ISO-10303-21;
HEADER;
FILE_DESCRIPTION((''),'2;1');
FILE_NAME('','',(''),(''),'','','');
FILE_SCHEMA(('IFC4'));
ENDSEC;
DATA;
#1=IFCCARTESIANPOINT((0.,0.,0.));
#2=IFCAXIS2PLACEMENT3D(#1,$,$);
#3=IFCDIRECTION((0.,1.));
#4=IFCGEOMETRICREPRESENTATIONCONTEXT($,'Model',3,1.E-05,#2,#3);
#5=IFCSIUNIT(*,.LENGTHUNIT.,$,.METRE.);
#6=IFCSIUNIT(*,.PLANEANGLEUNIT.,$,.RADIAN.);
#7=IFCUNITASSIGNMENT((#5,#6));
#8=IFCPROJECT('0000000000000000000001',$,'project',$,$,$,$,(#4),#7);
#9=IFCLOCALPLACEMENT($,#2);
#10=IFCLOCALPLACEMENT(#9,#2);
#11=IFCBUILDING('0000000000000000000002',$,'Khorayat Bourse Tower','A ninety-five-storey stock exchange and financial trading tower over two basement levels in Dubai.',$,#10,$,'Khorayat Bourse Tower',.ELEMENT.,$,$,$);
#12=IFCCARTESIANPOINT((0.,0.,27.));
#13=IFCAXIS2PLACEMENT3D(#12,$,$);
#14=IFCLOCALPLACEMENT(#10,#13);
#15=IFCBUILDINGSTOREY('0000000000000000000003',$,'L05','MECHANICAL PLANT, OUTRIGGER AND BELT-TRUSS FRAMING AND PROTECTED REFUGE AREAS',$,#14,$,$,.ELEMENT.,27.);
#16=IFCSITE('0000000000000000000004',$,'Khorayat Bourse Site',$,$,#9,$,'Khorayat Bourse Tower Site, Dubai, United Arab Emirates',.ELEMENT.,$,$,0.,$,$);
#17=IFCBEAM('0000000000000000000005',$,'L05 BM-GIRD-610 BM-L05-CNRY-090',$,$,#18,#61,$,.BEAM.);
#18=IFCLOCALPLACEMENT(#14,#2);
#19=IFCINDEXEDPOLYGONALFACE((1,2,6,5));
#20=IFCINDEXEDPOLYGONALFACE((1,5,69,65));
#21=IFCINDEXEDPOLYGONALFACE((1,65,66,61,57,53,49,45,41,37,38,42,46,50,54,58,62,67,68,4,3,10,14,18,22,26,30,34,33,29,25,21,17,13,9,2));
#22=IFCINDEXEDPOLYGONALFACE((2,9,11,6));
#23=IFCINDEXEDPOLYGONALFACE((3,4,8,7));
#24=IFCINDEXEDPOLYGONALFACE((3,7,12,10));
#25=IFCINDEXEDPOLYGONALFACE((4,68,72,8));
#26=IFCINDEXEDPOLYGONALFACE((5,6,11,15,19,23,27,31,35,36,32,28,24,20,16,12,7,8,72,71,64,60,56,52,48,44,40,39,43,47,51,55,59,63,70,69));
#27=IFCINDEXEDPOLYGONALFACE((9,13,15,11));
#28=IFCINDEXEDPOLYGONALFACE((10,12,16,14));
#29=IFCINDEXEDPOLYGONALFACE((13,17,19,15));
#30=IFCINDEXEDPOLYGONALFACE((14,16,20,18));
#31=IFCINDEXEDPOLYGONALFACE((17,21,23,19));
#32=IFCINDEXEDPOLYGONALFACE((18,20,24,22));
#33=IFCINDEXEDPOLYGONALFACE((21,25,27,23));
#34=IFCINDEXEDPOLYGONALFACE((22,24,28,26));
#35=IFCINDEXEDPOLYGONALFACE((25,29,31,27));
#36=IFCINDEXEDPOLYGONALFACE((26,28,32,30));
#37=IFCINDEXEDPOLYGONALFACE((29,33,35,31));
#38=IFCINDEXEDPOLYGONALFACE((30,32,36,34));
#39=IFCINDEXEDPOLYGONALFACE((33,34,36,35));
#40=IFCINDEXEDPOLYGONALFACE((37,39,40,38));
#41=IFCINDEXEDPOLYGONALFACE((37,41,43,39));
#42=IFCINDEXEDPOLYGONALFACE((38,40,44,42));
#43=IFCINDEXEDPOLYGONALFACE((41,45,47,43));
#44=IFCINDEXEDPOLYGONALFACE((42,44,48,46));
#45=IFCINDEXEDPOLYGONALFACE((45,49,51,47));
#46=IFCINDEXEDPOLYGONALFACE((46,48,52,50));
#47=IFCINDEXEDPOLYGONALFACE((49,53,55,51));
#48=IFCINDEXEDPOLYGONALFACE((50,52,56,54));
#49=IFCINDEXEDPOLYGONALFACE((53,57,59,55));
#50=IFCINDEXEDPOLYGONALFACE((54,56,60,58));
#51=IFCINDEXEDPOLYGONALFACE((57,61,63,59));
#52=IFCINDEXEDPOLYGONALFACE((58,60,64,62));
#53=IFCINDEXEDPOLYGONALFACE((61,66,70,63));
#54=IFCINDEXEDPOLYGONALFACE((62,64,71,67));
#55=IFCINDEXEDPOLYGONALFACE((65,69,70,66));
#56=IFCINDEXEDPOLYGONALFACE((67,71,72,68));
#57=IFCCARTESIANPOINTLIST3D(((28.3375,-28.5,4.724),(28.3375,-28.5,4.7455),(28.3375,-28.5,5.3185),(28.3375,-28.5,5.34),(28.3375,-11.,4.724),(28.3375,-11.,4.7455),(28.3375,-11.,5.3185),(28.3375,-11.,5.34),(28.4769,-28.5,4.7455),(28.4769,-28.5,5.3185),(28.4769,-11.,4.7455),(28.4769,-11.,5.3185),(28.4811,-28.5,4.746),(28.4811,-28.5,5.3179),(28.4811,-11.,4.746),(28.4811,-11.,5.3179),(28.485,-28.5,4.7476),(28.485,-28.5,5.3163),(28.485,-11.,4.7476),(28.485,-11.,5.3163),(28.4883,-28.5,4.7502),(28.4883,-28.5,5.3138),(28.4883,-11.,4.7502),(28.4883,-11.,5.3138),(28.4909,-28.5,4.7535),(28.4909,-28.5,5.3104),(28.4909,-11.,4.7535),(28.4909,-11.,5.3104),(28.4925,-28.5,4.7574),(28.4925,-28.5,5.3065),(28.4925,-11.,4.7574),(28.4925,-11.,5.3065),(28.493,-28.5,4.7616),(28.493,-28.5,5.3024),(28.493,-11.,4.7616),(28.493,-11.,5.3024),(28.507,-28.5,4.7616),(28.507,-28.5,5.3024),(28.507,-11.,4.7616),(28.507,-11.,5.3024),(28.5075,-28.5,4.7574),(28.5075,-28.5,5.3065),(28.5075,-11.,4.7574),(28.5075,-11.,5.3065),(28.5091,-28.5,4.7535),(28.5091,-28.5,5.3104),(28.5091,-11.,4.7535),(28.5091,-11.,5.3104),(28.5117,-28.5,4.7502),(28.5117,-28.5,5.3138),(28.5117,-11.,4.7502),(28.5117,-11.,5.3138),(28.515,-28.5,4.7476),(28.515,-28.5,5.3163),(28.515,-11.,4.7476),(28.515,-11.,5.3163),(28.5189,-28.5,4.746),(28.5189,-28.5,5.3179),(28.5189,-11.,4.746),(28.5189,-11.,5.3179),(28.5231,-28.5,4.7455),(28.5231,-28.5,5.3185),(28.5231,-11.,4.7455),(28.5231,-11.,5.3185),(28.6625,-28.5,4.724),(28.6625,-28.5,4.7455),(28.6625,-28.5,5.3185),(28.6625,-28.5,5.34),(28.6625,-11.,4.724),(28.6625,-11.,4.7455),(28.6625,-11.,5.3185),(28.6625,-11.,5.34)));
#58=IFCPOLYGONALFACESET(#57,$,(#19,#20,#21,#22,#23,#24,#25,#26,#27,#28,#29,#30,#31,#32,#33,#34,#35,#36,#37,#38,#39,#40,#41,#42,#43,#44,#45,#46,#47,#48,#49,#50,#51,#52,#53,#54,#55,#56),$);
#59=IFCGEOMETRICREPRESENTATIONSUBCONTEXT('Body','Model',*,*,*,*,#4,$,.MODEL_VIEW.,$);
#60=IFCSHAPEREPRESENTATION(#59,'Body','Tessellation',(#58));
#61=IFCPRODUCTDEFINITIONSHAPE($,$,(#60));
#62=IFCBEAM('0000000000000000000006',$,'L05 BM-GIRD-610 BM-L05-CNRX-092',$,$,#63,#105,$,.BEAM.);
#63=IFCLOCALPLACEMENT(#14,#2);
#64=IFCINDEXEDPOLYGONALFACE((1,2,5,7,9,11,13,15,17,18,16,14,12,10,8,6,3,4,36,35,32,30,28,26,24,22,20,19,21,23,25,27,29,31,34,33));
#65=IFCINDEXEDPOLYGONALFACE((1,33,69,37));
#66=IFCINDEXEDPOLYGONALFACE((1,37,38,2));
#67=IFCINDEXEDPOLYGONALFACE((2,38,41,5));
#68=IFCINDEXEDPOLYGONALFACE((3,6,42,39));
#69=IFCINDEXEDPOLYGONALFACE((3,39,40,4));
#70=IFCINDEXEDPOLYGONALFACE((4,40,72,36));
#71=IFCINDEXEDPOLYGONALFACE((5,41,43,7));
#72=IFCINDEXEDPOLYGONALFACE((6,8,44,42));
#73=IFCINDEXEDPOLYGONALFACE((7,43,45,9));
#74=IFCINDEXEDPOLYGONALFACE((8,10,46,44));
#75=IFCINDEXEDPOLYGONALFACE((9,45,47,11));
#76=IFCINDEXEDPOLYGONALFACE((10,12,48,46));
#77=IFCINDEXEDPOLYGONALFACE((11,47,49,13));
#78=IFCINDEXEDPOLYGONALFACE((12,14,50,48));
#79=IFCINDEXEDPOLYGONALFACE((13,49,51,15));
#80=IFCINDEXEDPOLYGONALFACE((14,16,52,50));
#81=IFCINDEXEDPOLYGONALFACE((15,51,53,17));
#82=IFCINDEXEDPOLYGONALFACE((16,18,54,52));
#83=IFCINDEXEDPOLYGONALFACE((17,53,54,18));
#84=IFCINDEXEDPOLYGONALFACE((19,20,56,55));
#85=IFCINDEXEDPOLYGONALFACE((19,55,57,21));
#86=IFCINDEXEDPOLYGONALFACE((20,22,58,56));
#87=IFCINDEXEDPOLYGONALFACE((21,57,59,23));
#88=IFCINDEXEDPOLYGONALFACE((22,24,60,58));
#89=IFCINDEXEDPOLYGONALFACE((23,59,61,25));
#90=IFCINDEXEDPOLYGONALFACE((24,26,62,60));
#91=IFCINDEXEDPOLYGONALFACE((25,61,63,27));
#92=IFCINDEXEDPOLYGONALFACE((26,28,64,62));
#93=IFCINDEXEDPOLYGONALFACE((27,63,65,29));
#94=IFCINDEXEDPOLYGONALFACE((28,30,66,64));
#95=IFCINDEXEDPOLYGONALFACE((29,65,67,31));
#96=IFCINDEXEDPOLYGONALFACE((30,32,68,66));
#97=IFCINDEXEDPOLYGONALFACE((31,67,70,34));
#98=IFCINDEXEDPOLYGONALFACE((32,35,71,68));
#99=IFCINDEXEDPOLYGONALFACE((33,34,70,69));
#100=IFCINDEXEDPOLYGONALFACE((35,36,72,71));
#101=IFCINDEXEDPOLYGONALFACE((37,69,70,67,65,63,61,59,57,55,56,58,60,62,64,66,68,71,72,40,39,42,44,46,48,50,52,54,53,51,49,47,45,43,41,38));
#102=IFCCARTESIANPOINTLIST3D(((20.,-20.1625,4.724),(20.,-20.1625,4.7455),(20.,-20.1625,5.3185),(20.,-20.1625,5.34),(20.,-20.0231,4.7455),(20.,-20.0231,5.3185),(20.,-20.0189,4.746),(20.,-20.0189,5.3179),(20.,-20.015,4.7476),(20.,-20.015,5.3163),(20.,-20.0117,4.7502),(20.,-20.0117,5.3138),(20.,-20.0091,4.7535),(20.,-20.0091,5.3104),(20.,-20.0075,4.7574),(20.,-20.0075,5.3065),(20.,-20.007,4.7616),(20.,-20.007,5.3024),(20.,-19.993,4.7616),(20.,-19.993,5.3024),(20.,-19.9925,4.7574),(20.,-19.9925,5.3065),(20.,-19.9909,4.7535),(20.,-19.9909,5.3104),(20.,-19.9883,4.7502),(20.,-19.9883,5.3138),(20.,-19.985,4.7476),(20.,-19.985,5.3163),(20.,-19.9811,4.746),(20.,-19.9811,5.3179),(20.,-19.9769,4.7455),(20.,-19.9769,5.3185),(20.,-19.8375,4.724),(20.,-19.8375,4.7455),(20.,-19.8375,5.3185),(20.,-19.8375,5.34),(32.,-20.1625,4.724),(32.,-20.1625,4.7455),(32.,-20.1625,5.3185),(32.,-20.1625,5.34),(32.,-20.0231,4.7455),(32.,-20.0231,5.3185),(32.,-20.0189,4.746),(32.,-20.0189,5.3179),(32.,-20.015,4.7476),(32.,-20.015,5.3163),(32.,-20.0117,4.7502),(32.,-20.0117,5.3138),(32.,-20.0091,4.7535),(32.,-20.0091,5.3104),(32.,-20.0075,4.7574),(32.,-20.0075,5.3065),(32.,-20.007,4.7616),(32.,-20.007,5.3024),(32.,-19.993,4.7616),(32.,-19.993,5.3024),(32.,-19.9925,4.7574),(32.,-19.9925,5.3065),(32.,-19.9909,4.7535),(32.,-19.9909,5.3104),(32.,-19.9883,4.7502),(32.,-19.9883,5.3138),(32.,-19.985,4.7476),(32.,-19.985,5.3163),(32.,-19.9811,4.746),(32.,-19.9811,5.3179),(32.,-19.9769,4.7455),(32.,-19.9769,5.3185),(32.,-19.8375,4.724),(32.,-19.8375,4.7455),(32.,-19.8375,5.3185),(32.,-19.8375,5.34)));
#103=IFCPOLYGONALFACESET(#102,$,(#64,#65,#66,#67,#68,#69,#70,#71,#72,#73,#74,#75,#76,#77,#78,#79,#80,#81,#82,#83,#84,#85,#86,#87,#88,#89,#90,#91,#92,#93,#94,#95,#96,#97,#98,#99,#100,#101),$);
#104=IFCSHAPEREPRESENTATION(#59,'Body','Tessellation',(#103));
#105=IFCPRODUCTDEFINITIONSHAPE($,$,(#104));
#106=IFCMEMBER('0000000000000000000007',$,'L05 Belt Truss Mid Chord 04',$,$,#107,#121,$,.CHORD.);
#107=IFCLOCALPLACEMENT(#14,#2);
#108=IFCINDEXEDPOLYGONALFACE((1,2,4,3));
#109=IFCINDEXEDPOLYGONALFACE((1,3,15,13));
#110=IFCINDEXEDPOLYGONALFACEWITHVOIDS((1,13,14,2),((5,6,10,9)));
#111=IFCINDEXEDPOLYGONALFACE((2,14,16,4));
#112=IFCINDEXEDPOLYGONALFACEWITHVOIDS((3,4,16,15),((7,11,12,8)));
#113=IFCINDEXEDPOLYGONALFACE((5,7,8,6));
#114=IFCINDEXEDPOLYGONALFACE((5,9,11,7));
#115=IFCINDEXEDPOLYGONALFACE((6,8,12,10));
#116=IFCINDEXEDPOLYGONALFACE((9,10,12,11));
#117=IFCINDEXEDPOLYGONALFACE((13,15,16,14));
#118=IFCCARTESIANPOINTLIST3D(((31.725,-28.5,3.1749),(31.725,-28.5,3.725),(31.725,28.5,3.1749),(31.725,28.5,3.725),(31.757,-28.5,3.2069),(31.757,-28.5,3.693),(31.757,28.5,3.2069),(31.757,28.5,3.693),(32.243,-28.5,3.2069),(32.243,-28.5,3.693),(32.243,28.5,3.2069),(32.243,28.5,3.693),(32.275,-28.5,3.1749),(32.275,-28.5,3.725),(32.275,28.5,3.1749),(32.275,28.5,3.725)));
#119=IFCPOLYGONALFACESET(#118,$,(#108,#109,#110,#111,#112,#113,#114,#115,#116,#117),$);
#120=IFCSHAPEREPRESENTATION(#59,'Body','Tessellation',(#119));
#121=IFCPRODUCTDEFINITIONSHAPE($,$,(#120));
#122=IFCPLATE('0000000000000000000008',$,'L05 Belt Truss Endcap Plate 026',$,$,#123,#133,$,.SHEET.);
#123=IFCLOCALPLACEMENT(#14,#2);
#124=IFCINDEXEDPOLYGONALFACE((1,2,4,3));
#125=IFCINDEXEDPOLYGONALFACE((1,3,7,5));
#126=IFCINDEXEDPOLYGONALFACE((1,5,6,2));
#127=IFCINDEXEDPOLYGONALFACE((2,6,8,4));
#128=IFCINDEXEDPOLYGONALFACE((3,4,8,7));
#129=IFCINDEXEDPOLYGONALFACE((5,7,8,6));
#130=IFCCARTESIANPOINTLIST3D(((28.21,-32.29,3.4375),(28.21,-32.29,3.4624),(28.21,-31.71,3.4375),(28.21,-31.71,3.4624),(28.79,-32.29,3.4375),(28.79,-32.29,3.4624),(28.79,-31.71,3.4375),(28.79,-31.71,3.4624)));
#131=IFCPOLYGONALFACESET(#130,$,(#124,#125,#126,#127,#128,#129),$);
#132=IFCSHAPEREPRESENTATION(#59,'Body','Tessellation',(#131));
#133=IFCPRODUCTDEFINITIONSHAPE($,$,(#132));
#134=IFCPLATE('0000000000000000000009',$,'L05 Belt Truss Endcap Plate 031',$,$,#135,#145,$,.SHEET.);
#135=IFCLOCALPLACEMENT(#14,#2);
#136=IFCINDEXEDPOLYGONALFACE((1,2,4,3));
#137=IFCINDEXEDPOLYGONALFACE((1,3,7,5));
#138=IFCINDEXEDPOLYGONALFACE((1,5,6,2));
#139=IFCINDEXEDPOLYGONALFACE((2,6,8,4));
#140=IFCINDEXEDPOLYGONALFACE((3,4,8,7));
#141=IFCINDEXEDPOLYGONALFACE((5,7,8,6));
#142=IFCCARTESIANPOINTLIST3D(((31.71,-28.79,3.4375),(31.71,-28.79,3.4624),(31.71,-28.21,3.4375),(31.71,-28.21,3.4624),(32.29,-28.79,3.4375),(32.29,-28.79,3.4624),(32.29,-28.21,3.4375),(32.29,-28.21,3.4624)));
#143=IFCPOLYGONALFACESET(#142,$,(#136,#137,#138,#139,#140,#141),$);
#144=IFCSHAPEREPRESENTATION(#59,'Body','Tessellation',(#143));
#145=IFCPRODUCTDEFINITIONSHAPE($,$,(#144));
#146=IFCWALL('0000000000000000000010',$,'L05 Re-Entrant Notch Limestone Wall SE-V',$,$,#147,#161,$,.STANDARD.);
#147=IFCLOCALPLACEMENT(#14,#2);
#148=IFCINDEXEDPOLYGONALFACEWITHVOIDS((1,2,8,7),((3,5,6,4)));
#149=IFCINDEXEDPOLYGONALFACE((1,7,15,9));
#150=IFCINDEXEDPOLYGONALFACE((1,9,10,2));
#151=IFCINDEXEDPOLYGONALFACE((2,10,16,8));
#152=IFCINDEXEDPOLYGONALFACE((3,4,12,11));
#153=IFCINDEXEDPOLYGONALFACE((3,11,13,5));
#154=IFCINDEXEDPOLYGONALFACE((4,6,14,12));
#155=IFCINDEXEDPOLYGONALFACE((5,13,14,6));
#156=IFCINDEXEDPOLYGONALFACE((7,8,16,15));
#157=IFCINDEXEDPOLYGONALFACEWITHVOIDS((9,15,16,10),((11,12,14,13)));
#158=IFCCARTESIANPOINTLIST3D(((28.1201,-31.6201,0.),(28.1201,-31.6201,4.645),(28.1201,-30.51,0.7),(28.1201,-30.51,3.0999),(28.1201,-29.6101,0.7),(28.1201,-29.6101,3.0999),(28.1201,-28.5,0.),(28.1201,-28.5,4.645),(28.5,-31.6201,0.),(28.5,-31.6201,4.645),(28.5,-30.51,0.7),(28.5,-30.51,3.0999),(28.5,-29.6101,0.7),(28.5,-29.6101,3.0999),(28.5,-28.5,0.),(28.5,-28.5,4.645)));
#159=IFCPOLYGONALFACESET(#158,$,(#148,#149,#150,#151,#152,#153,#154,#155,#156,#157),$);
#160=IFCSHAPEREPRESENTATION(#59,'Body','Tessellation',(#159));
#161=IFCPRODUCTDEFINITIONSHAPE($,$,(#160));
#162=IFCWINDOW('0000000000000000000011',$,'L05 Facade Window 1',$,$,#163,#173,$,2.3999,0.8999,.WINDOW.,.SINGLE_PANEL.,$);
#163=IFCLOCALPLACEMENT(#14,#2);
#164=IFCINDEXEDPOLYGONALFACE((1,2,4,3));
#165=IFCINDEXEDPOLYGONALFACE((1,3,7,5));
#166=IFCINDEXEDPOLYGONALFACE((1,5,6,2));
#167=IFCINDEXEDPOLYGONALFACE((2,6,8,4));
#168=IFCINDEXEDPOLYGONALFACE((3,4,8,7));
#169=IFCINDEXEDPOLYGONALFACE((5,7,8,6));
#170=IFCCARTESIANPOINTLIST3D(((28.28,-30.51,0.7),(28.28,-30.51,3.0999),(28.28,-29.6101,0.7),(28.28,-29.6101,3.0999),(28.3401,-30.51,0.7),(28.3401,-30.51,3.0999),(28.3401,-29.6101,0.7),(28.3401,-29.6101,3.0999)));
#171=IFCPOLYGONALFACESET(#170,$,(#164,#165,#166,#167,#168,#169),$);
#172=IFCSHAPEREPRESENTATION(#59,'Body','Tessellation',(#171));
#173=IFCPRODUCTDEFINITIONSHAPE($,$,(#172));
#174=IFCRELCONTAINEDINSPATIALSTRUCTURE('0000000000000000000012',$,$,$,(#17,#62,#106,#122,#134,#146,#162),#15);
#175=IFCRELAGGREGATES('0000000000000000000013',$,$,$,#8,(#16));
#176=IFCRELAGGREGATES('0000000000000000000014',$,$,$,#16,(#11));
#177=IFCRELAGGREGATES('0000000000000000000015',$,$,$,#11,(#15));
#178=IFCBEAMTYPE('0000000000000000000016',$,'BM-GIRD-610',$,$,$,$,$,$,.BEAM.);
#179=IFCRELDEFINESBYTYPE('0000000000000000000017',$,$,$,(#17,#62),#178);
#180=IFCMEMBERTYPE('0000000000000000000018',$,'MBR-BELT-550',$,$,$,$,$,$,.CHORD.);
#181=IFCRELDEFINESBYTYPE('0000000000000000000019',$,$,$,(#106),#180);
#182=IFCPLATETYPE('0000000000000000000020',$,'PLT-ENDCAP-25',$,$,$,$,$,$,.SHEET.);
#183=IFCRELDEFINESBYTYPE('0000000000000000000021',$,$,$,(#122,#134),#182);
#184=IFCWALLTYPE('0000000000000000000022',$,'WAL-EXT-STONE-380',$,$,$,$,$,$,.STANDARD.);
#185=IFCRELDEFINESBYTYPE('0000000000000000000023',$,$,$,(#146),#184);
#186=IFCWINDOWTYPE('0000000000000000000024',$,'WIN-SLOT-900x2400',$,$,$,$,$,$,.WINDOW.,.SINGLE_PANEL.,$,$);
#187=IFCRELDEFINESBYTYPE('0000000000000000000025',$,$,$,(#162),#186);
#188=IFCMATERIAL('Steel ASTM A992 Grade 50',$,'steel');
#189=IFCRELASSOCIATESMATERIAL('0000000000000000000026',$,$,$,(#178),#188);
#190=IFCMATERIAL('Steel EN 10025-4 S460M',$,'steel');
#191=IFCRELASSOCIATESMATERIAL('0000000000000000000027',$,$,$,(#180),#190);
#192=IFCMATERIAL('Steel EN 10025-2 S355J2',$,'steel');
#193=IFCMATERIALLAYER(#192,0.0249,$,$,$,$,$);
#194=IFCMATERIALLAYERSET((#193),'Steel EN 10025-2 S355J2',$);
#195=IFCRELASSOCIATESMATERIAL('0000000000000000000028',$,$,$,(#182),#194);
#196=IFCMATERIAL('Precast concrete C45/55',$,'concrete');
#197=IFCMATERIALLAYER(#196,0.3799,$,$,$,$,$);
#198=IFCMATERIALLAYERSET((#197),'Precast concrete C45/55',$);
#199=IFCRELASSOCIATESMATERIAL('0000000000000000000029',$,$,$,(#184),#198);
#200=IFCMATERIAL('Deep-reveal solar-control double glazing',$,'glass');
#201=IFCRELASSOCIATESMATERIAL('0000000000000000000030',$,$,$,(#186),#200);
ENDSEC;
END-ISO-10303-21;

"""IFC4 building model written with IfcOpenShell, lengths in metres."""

from ifc_helpers import new_model, si_unit, direction, frame, frame_2d, origin, origin_2d, place, context, subcontext, project, spatial, rectangle, hollow_rectangle, i_section, extrude, source, transform, mapped, material, layer, layer_set, material_profile, profile_set, type_object, element, fill, save


model = new_model("IFC4")

# Units and contexts
model_context = context("Model", 3, precision=1e-05, world=origin(), true_north=direction((0.0, 1.0)))
body_context = subcontext(model_context, "Body", "Model", "MODEL_VIEW")
ifc_project = project(units=[si_unit("LENGTHUNIT", "METRE"), si_unit("PLANEANGLEUNIT", "RADIAN")], contexts=[model_context])

# Site, building, storey
site_placement = place(None, origin())
site = spatial("IfcSite", under=ifc_project, at=site_placement, Name="Khorayat Bourse Site", LongName="Khorayat Bourse Tower Site, Dubai, United Arab Emirates", CompositionType="ELEMENT", RefElevation=0.0)
building_placement = place(site_placement, origin())
building = spatial("IfcBuilding", under=site, at=building_placement, Name="Khorayat Bourse Tower", Description="A ninety-five-storey stock exchange and financial trading tower over two basement levels in Dubai.", LongName="Khorayat Bourse Tower", CompositionType="ELEMENT")
storey_placement = place(building_placement, frame((0.0, 0.0, 27.0)))
storey = spatial("IfcBuildingStorey", under=building, at=storey_placement, Name="L05", Description="MECHANICAL PLANT, OUTRIGGER AND BELT-TRUSS FRAMING AND PROTECTED REFUGE AREAS", CompositionType="ELEMENT", Elevation=27.0)

# Shared definitions
ifc_material_1 = material(Name="Steel EN 10025-4 S460M", Category="steel")

# Beams
ifc_material_2 = material(Name="Steel ASTM A992 Grade 50", Category="steel")
ifc_material_profile_1 = material_profile(ifc_material_2, i_section(OverallWidth=0.325, OverallDepth=0.616, WebThickness=0.0139, FlangeThickness=0.0215, FilletRadius=0.0161, at=origin_2d()), Name="W610X174")
ifc_profile_set_1 = profile_set([ifc_material_profile_1], Name="Steel ASTM A992 Grade 50")
beam_type_1 = type_object("IfcBeamType", Name="BM-GIRD-610", PredefinedType="BEAM", material=ifc_profile_set_1)
shared_shape_1 = source(origin(), body_context, "Body", "SweptSolid", [
    extrude(i_section(OverallWidth=0.325, OverallDepth=0.616, WebThickness=0.0139, FlangeThickness=0.0215, FilletRadius=0.0161, at=origin_2d()), origin(), (0.0, 0.0, 1.0), 17.5),
])
beam_1_placement = place(storey_placement, frame((28.5, -28.5, 5.032), z_axis=(0.0, 1.0, 0.0), x_axis=(-1.0, 0.0, 0.0)))
element("IfcBeam", 1, at=beam_1_placement, inside=storey, type_object=beam_type_1, Name="L05 BM-GIRD-610 BM-L05-CNRY-090", PredefinedType="BEAM", context=body_context, shape_type="MappedRepresentation", body=[
    mapped(shared_shape_1, transform((0.0, 0.0, 0.0), scale=1.0)),
])
shared_shape_2 = source(origin(), body_context, "Body", "SweptSolid", [
    extrude(i_section(OverallWidth=0.325, OverallDepth=0.616, WebThickness=0.0139, FlangeThickness=0.0215, FilletRadius=0.0161, at=origin_2d()), origin(), (0.0, 0.0, 1.0), 12.0),
])
beam_2_placement = place(storey_placement, frame((20.0, -20.0, 5.032), z_axis=(1.0, 0.0, 0.0), x_axis=(0.0, 1.0, 0.0)))
element("IfcBeam", 2, at=beam_2_placement, inside=storey, type_object=beam_type_1, Name="L05 BM-GIRD-610 BM-L05-CNRX-092", PredefinedType="BEAM", context=body_context, shape_type="MappedRepresentation", body=[
    mapped(shared_shape_2, transform((0.0, 0.0, 0.0), scale=1.0)),
])

# Member
ifc_material_profile_2 = material_profile(ifc_material_1, hollow_rectangle(XDim=0.55, YDim=0.55, WallThickness=0.032, at=origin_2d()), Name="HSS 550x550x32")
ifc_profile_set_2 = profile_set([ifc_material_profile_2], Name="Steel EN 10025-4 S460M")
member_type = type_object("IfcMemberType", Name="MBR-BELT-550", PredefinedType="CHORD", material=ifc_profile_set_2)
shared_shape_3 = source(origin(), body_context, "Body", "SweptSolid", [
    extrude(hollow_rectangle(XDim=0.55, YDim=0.55, WallThickness=0.032, at=origin_2d()), origin(), (0.0, 0.0, 1.0), 57.0),
])
member_placement = place(storey_placement, frame((32.0, -28.5, 3.45), z_axis=(0.0, 1.0, 0.0), x_axis=(-1.0, 0.0, 0.0)))
element("IfcMember", 3, at=member_placement, inside=storey, type_object=member_type, Name="L05 Belt Truss Mid Chord 04", PredefinedType="CHORD", context=body_context, shape_type="MappedRepresentation", body=[
    mapped(shared_shape_3, transform((0.0, 0.0, 0.0), scale=1.0)),
])

# Plates
ifc_material_3 = material(Name="Steel EN 10025-2 S355J2", Category="steel")
ifc_layer_1 = layer(ifc_material_3, 0.0249)
ifc_layer_set_1 = layer_set([ifc_layer_1], Name="Steel EN 10025-2 S355J2")
plate_type = type_object("IfcPlateType", Name="PLT-ENDCAP-25", PredefinedType="SHEET", material=ifc_layer_set_1)
shared_shape_4 = source(origin(), body_context, "Body", "SweptSolid", [
    extrude(rectangle(XDim=0.5801, YDim=0.5801, at=origin_2d()), origin(), (0.0, 0.0, 1.0), 0.0249),
])
for number, where, z_axis, x_axis, name in (
    (4, (28.5, -32.0, 3.4375), (0.0, 0.0, 1.0), (1.0, 0.0, 0.0), "L05 Belt Truss Endcap Plate 026"),
    (5, (32.0, -28.5, 3.4375), (0.0, 0.0, 1.0), (1.0, 0.0, 0.0), "L05 Belt Truss Endcap Plate 031"),
):
    element("IfcPlate", number, at=place(storey_placement, frame(where, z_axis=z_axis, x_axis=x_axis)), inside=storey, type_object=plate_type, Name=name, PredefinedType="SHEET", context=body_context, shape_type="MappedRepresentation", body=[
        mapped(shared_shape_4, transform((0.0, 0.0, 0.0), scale=1.0)),
    ])

# Wall, opening, window
ifc_material_4 = material(Name="Precast concrete C45/55", Category="concrete")
ifc_layer_2 = layer(ifc_material_4, 0.3799)
ifc_layer_set_2 = layer_set([ifc_layer_2], Name="Precast concrete C45/55")
wall_type_1 = type_object("IfcWallType", Name="WAL-EXT-STONE-380", PredefinedType="STANDARD", material=ifc_layer_set_2)
shared_shape_5 = source(origin(), body_context, "Body", "SweptSolid", [
    extrude(rectangle(XDim=3.1201, YDim=0.3799, at=frame_2d((1.5601, 0.0))), origin(), (0.0, 0.0, 1.0), 4.645),
])
wall_1_placement = place(storey_placement, frame((28.3101, -31.6201, 0.0), z_axis=(0.0, 0.0, 1.0), x_axis=(0.0, 1.0, 0.0)))
wall_1 = element("IfcWall", 6, at=wall_1_placement, inside=storey, type_object=wall_type_1, Name="L05 Re-Entrant Notch Limestone Wall SE-V", PredefinedType="STANDARD", context=body_context, shape_type="MappedRepresentation", body=[
    mapped(shared_shape_5, transform((0.0, 0.0, 0.0), scale=1.0)),
])
shared_shape_6 = source(origin(), body_context, "Body", "SweptSolid", [
    extrude(rectangle(XDim=0.8999, YDim=2.3999, at=frame_2d((0.45, 1.2))), frame((0.0, 0.2, 0.0), z_axis=(0.0, -1.0, 0.0), x_axis=(1.0, 0.0, 0.0)), (0.0, 0.0, 1.0), 0.3999),
])
opening_1_placement = place(wall_1_placement, frame((1.1101, 0.0, 0.7)))
opening_1 = element("IfcOpeningElement", 7, at=opening_1_placement, cuts=wall_1, PredefinedType="OPENING", context=body_context, shape_type="MappedRepresentation", body=[
    mapped(shared_shape_6, transform((0.0, 0.0, 0.0), scale=1.0)),
])
ifc_material_5 = material(Name="Deep-reveal solar-control double glazing", Category="glass")
window_type = type_object("IfcWindowType", Name="WIN-SLOT-900x2400", PartitioningType="SINGLE_PANEL", PredefinedType="WINDOW", material=ifc_material_5)
shared_shape_7 = source(origin(), body_context, "Body", "SweptSolid", [
    extrude(rectangle(XDim=0.8999, YDim=2.3999, at=frame_2d((0.45, 1.2))), frame((0.0, 0.03, 0.0), z_axis=(0.0, -1.0, 0.0), x_axis=(1.0, 0.0, 0.0)), (0.0, 0.0, 1.0), 0.0601),
])
window_1_placement = place(opening_1_placement, origin())
window_1 = element("IfcWindow", 8, at=window_1_placement, inside=storey, type_object=window_type, Name="L05 Facade Window 1", OverallHeight=2.3999, OverallWidth=0.8999, PartitioningType="SINGLE_PANEL", PredefinedType="WINDOW", context=body_context, shape_type="MappedRepresentation", body=[
    mapped(shared_shape_7, transform((0.0, 0.0, 0.0), scale=1.0)),
])
fill(opening_1, window_1)

save(model, "model.ifc")
